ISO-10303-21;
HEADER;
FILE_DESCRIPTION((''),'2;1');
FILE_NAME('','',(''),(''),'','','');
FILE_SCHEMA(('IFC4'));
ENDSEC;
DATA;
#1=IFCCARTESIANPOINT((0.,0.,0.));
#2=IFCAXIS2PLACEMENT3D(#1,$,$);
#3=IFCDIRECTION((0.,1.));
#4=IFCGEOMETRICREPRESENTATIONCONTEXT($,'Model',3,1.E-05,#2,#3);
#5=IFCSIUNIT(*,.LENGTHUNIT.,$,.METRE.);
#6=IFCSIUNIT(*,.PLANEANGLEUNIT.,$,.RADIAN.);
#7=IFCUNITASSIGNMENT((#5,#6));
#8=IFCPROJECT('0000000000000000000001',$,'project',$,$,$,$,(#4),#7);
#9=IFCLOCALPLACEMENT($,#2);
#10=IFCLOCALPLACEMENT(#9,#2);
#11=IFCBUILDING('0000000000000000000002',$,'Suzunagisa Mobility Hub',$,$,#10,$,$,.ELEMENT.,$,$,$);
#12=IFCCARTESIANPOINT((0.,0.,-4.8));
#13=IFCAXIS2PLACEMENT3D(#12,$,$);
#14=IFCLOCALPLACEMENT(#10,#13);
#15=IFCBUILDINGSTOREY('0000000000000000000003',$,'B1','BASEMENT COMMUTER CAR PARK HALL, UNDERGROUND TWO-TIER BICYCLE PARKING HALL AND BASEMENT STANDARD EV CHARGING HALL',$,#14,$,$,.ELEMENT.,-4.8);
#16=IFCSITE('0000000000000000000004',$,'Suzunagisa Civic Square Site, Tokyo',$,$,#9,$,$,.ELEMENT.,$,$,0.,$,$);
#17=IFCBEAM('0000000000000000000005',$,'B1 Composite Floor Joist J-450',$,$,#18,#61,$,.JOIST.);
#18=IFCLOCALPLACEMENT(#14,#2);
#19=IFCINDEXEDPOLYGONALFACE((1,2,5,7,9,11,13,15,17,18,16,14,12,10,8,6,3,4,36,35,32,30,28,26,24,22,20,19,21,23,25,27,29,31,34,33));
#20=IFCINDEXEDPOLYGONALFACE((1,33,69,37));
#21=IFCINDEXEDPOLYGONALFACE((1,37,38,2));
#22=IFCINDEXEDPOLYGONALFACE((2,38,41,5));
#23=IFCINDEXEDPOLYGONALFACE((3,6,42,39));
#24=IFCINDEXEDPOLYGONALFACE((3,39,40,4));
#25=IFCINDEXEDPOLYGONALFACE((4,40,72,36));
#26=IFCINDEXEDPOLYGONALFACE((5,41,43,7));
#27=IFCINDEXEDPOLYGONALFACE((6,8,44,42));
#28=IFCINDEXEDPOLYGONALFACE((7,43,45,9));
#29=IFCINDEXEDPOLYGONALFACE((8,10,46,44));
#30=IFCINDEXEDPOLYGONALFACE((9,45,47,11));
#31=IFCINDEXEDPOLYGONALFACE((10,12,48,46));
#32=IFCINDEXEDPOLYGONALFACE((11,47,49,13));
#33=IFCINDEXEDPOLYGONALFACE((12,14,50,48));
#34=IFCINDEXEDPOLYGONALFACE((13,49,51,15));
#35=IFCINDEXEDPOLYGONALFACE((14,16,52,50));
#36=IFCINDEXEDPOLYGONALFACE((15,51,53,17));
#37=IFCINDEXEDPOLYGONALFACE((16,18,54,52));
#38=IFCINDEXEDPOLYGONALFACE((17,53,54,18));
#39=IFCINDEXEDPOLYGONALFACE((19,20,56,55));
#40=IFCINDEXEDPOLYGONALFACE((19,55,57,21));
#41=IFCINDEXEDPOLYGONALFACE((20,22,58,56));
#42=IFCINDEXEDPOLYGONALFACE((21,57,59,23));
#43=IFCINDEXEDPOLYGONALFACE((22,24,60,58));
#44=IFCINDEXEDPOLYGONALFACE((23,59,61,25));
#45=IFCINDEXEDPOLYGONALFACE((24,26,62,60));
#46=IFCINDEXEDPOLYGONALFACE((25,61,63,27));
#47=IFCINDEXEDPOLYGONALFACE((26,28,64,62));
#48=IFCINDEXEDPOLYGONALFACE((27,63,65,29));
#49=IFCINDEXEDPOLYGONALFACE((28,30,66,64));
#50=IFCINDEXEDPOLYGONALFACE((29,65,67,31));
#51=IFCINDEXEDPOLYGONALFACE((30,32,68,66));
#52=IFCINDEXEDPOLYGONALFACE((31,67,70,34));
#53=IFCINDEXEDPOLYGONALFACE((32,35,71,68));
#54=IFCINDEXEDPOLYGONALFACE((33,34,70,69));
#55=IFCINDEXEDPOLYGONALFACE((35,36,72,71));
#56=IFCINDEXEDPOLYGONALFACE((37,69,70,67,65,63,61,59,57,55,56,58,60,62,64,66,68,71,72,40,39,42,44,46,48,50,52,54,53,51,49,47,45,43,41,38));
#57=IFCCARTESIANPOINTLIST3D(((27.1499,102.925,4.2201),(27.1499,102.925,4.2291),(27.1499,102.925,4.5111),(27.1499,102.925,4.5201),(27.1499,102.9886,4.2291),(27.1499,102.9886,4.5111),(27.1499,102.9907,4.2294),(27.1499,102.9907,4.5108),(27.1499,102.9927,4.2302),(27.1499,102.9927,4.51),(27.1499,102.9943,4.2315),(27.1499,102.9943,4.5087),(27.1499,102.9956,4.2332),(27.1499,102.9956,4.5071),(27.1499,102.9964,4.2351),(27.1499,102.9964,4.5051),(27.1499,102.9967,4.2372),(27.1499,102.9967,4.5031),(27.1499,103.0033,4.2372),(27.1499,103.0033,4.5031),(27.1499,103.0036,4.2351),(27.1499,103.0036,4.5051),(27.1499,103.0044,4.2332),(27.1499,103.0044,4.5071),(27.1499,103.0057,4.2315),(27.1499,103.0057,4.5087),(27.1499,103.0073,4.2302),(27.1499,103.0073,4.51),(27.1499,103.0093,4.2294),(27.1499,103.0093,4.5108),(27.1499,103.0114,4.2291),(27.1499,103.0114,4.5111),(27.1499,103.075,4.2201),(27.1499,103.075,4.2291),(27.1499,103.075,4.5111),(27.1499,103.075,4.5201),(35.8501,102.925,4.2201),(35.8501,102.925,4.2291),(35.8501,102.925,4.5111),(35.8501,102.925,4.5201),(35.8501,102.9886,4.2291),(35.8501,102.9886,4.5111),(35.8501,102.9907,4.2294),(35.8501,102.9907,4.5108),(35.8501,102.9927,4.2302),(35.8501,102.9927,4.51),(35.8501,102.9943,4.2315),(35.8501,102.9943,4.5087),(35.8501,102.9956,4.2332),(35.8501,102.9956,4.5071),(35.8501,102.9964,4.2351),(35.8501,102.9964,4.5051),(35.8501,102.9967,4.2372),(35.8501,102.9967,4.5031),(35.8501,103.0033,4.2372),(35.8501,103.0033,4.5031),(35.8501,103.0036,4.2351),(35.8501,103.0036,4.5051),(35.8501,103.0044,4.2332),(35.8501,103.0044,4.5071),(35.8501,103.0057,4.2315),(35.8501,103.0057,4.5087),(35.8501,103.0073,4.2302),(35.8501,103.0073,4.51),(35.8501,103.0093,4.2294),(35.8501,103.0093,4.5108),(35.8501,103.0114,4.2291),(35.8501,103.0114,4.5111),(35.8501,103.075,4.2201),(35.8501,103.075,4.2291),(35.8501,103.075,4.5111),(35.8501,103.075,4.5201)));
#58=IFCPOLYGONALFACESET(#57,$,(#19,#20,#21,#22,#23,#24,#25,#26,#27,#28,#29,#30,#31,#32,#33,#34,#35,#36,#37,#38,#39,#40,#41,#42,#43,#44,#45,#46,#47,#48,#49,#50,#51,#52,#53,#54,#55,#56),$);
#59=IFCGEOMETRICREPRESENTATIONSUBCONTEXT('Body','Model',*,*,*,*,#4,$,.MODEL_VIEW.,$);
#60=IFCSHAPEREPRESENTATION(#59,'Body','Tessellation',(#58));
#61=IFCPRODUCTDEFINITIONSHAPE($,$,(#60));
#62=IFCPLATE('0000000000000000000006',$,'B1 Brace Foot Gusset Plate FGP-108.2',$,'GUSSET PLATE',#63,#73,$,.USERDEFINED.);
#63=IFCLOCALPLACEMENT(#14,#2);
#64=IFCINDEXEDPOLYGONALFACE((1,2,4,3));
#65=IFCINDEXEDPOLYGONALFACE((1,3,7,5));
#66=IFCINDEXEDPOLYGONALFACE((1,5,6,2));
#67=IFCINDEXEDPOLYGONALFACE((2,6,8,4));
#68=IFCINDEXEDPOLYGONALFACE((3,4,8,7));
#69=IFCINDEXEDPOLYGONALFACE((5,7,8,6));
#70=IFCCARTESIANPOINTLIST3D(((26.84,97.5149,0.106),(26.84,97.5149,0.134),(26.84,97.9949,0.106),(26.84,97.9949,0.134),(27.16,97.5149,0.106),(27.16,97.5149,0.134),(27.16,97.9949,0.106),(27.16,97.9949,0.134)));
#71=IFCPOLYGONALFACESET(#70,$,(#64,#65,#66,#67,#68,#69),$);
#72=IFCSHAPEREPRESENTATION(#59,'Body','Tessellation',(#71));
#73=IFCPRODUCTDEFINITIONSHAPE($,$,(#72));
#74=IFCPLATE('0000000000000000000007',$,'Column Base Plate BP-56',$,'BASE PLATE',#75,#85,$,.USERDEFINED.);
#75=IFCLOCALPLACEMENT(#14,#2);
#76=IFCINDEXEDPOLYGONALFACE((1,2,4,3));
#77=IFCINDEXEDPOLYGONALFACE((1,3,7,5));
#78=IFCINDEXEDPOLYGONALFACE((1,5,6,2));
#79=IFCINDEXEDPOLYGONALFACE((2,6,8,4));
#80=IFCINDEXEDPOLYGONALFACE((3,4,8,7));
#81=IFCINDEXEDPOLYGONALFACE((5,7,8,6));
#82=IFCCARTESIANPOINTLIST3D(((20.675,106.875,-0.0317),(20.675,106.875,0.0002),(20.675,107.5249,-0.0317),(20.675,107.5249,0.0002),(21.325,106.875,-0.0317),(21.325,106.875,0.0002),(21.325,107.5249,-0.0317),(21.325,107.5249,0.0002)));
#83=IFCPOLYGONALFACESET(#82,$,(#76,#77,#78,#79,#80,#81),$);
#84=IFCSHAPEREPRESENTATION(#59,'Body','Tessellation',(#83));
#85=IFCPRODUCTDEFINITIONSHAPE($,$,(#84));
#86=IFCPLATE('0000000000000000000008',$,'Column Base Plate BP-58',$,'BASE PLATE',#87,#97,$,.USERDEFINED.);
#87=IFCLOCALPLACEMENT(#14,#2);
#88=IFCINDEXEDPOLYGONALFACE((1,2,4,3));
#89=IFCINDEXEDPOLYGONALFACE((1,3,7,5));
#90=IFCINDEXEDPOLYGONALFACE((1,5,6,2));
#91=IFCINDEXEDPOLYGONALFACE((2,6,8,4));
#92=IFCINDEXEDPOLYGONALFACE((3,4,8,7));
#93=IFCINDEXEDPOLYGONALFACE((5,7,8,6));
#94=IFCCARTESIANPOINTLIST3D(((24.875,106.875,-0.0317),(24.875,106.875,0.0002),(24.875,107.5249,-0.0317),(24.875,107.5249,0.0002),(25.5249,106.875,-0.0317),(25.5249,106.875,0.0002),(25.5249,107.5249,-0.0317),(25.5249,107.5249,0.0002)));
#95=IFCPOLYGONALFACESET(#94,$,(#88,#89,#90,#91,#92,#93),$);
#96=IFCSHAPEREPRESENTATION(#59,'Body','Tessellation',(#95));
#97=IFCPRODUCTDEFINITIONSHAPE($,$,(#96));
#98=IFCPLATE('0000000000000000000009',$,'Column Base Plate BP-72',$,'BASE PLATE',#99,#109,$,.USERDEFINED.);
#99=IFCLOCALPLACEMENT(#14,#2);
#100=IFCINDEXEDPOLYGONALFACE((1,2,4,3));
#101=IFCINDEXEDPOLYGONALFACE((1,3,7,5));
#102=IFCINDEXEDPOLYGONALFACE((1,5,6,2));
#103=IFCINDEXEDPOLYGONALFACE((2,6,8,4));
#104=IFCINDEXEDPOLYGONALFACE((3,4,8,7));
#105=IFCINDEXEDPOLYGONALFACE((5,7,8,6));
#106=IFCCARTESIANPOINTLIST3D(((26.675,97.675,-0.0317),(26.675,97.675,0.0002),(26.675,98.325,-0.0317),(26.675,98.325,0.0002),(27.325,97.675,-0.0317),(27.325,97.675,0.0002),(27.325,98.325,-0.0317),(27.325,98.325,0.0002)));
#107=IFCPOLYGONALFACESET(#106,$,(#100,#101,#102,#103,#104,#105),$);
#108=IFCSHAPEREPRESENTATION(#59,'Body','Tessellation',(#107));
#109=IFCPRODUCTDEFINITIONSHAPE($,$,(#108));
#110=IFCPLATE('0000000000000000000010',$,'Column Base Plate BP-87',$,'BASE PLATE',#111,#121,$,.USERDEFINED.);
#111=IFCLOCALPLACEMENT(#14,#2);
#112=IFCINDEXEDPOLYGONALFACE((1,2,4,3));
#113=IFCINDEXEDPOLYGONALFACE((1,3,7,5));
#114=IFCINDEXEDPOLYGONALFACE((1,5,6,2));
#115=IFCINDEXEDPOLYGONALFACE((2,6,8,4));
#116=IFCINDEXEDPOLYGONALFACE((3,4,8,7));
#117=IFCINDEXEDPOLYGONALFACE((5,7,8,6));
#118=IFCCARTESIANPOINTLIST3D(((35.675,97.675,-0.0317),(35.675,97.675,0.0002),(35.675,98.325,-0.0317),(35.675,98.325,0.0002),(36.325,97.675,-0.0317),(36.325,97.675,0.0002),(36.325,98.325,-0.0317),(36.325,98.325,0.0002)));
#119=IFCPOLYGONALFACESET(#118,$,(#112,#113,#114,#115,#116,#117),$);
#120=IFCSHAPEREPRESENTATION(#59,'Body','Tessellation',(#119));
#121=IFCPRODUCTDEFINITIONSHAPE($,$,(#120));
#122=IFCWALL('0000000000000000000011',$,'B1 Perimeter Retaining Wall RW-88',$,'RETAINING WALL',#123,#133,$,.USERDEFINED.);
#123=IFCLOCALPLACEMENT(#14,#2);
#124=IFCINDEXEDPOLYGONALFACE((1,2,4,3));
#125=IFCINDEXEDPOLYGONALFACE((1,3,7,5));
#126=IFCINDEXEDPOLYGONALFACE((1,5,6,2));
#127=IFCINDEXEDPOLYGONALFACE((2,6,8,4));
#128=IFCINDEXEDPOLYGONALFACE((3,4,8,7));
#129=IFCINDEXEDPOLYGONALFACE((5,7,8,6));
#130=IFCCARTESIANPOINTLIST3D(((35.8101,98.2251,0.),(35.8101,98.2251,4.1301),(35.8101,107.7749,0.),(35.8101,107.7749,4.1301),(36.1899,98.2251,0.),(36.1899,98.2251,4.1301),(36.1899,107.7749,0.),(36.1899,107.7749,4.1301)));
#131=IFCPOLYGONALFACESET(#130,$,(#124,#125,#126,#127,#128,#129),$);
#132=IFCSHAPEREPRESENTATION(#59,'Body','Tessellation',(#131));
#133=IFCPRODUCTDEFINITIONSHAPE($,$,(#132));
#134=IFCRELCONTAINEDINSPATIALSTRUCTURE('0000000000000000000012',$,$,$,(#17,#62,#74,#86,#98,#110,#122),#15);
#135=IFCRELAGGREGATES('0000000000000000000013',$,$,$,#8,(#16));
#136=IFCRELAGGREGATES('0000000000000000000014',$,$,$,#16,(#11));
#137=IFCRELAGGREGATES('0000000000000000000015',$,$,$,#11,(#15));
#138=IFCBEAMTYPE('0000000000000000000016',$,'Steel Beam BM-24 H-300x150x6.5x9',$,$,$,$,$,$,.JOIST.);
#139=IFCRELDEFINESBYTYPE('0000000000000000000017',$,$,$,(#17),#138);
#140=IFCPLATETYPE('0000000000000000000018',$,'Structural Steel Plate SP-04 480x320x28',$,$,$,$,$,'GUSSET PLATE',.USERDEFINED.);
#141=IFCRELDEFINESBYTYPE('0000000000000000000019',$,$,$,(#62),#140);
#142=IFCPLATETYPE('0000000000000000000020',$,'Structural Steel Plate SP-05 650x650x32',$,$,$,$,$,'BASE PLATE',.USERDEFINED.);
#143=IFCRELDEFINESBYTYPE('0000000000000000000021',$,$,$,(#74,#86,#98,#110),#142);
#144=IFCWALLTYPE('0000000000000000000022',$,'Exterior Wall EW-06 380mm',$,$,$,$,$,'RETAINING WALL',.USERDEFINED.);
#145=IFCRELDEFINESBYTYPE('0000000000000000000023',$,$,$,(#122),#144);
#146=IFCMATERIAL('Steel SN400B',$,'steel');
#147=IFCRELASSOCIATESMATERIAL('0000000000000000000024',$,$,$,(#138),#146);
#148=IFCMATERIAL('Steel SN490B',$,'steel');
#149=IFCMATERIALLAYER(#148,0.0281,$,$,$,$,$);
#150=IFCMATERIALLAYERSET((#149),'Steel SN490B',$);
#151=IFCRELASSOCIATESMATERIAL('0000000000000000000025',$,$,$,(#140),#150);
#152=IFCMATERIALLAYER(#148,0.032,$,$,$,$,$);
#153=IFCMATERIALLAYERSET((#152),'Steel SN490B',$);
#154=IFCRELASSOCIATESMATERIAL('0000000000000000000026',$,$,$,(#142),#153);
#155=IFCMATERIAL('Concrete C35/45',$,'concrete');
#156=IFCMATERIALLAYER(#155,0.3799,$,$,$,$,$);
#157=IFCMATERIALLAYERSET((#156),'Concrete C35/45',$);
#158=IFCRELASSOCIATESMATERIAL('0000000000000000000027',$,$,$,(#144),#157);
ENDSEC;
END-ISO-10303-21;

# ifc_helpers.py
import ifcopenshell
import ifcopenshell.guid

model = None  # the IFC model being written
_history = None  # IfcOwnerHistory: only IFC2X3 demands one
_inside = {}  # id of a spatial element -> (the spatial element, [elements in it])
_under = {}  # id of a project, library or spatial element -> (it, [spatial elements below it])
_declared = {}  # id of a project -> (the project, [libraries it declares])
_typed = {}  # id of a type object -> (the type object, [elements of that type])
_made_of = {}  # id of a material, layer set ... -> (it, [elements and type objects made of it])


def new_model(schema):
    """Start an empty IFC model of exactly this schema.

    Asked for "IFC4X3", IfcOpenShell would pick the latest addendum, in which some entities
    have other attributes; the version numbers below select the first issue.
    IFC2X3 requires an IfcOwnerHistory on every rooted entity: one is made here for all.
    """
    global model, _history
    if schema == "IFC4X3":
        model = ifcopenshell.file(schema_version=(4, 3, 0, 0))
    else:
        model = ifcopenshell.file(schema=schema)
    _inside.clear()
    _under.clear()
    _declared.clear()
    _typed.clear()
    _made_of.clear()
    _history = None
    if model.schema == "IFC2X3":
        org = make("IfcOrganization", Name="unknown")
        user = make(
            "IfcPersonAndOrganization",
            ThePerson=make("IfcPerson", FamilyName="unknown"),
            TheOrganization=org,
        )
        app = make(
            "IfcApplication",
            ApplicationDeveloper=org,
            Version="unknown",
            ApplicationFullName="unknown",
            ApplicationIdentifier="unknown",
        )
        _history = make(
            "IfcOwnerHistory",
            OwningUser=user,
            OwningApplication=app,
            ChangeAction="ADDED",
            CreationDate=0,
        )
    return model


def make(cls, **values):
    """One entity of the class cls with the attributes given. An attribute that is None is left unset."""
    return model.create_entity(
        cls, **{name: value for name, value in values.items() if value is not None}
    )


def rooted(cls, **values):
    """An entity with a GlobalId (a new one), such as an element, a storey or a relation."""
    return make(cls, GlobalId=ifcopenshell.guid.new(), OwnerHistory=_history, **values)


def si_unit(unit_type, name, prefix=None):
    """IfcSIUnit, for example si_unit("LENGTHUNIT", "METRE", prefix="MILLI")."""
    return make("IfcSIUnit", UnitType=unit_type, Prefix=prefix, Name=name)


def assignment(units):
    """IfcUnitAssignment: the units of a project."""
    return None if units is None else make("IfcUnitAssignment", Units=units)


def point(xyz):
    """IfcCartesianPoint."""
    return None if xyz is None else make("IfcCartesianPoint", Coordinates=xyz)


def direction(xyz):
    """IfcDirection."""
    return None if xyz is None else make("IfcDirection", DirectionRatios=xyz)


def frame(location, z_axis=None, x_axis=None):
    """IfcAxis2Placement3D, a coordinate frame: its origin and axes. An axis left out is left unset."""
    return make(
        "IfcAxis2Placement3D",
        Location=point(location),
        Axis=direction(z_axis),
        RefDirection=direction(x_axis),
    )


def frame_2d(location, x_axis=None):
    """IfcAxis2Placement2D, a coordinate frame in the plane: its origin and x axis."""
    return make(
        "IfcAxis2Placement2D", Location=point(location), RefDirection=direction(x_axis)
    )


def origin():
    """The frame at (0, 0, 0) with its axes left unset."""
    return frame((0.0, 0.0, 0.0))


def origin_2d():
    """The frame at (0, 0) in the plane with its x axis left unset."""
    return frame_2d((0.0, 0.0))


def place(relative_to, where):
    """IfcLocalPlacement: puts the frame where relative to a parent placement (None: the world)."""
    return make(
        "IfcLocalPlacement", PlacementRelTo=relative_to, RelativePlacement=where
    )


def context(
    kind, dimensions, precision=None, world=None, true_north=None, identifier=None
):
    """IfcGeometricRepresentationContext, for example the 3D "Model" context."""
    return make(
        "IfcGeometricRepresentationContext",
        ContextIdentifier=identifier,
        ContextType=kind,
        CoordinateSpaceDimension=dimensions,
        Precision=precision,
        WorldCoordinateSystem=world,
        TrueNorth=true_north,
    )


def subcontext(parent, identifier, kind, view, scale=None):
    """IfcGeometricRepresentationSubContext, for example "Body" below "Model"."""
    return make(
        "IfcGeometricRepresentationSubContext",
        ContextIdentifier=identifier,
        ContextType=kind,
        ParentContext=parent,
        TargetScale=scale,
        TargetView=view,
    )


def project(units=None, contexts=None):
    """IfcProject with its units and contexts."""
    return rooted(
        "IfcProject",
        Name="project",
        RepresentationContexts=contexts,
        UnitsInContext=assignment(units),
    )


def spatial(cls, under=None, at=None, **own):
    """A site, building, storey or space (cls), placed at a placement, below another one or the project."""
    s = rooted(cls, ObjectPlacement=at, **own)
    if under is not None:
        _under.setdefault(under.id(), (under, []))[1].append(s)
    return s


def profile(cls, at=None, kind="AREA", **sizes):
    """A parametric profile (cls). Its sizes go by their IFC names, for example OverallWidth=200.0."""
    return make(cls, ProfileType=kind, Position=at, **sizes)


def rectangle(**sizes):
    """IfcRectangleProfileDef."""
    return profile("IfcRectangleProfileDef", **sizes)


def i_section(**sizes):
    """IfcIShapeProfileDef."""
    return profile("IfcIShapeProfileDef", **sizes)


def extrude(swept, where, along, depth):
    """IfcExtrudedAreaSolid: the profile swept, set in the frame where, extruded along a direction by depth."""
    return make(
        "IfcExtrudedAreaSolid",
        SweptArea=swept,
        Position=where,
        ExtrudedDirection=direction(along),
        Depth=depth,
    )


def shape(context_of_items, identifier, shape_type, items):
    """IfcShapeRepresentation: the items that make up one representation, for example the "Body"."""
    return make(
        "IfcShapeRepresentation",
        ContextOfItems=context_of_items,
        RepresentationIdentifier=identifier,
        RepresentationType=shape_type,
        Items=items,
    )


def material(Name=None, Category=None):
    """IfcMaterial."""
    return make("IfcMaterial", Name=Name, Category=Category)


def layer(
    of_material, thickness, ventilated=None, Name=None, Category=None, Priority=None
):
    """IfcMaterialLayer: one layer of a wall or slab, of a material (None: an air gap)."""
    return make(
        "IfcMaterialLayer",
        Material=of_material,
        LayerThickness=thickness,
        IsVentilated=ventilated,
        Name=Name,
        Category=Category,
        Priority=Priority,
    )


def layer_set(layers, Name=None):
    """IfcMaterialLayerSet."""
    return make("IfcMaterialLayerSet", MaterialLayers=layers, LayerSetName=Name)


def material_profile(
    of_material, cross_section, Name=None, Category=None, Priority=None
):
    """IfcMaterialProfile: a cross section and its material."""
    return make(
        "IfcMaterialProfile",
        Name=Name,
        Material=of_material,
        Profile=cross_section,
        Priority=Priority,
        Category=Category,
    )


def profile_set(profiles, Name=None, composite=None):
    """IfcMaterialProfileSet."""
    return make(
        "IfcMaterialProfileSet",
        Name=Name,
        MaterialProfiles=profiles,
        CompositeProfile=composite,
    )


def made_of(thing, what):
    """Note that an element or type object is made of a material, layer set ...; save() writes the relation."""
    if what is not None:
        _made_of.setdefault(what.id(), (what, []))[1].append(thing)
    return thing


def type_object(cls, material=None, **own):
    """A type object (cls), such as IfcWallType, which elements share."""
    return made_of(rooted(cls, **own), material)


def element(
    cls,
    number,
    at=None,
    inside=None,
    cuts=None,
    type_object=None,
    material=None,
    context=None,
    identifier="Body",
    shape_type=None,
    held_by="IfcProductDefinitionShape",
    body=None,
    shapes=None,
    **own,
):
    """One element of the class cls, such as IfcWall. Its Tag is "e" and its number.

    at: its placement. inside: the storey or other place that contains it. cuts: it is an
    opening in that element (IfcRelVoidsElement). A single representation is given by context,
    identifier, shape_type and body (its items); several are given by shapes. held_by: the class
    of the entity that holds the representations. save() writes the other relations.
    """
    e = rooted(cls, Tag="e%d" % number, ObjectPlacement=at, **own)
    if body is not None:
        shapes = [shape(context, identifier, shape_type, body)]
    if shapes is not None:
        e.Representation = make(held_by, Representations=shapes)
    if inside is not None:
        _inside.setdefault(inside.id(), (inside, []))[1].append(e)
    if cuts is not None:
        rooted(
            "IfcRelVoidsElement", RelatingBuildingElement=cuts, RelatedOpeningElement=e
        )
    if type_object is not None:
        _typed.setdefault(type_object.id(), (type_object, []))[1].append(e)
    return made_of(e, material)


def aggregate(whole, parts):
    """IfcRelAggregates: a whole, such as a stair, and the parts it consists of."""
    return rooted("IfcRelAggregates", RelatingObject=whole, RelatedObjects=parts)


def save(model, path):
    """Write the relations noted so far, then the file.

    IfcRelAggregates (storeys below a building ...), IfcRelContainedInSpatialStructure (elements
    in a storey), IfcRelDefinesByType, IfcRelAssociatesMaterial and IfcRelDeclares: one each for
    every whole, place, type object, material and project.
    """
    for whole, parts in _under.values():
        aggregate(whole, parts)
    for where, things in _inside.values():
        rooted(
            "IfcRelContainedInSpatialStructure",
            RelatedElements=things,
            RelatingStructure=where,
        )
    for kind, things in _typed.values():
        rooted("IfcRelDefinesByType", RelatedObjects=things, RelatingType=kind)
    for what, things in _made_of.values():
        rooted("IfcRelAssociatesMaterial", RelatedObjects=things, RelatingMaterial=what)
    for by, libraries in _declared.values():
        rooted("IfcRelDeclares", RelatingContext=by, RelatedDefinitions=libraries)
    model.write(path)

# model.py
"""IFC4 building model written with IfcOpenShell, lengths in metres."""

from ifc_helpers import new_model, si_unit, direction, frame, frame_2d, origin, origin_2d, place, context, subcontext, project, spatial, rectangle, i_section, extrude, material, layer, layer_set, material_profile, profile_set, type_object, element, save


model = new_model("IFC4")

# Units and contexts
model_context = context("Model", 3, precision=1e-05, world=origin(), true_north=direction((0.0, 1.0)))
body_context = subcontext(model_context, "Body", "Model", "MODEL_VIEW")
ifc_project = project(units=[si_unit("LENGTHUNIT", "METRE"), si_unit("PLANEANGLEUNIT", "RADIAN")], contexts=[model_context])

# Site, building, storey
site_placement = place(None, origin())
site = spatial("IfcSite", under=ifc_project, at=site_placement, Name="Suzunagisa Civic Square Site, Tokyo", CompositionType="ELEMENT", RefElevation=0.0)
building_placement = place(site_placement, origin())
building = spatial("IfcBuilding", under=site, at=building_placement, Name="Suzunagisa Mobility Hub", CompositionType="ELEMENT")
storey_placement = place(building_placement, frame((0.0, 0.0, -4.8)))
storey = spatial("IfcBuildingStorey", under=building, at=storey_placement, Name="B1", Description="BASEMENT COMMUTER CAR PARK HALL, UNDERGROUND TWO-TIER BICYCLE PARKING HALL AND BASEMENT STANDARD EV CHARGING HALL", CompositionType="ELEMENT", Elevation=-4.8)

# Shared definitions
ifc_material_1 = material(Name="Steel SN490B", Category="steel")

# Beam
ifc_material_2 = material(Name="Steel SN400B", Category="steel")
ifc_material_profile_1 = material_profile(ifc_material_2, i_section(OverallWidth=0.1499, OverallDepth=0.3, WebThickness=0.0066, FlangeThickness=0.009, FilletRadius=0.0081, at=origin_2d()), Name="H-300x150x6.5x9")
ifc_profile_set_1 = profile_set([ifc_material_profile_1], Name="Steel SN400B")
beam_type_1 = type_object("IfcBeamType", Name="Steel Beam BM-24 H-300x150x6.5x9", PredefinedType="JOIST", material=ifc_profile_set_1)
beam_1_placement = place(storey_placement, frame((27.1499, 103.0, 4.3701), z_axis=(1.0, 0.0, 0.0), x_axis=(0.0, 1.0, 0.0)))
element("IfcBeam", 1, at=beam_1_placement, inside=storey, type_object=beam_type_1, Name="B1 Composite Floor Joist J-450", PredefinedType="JOIST", context=body_context, shape_type="SweptSolid", body=[
    extrude(i_section(OverallWidth=0.1499, OverallDepth=0.3, WebThickness=0.0066, FlangeThickness=0.009, FilletRadius=0.0081, at=origin_2d()), origin(), (0.0, 0.0, 1.0), 8.7002),
])

# Plates
ifc_layer_1 = layer(ifc_material_1, 0.0281)
ifc_layer_set_1 = layer_set([ifc_layer_1], Name="Steel SN490B")
plate_type_1 = type_object("IfcPlateType", Name="Structural Steel Plate SP-04 480x320x28", ElementType="GUSSET PLATE", PredefinedType="USERDEFINED", material=ifc_layer_set_1)
plate_placement = place(storey_placement, frame((27.0, 97.7549, 0.106), z_axis=(0.0, 0.0, 1.0), x_axis=(1.0, 0.0, 0.0)))
element("IfcPlate", 2, at=plate_placement, inside=storey, type_object=plate_type_1, Name="B1 Brace Foot Gusset Plate FGP-108.2", ObjectType="GUSSET PLATE", PredefinedType="USERDEFINED", context=body_context, shape_type="SweptSolid", body=[
    extrude(rectangle(XDim=0.3201, YDim=0.48, at=origin_2d()), origin(), (0.0, 0.0, 1.0), 0.0281),
])
ifc_layer_2 = layer(ifc_material_1, 0.032)
ifc_layer_set_2 = layer_set([ifc_layer_2], Name="Steel SN490B")
plate_type_2 = type_object("IfcPlateType", Name="Structural Steel Plate SP-05 650x650x32", ElementType="BASE PLATE", PredefinedType="USERDEFINED", material=ifc_layer_set_2)
for number, where, z_axis, x_axis, name in (
    (3, (21.0, 107.2, -0.0317), (0.0, 0.0, 1.0), (1.0, 0.0, 0.0), "Column Base Plate BP-56"),
    (4, (25.2, 107.2, -0.0317), (0.0, 0.0, 1.0), (1.0, 0.0, 0.0), "Column Base Plate BP-58"),
    (5, (27.0, 98.0, -0.0317), (0.0, 0.0, 1.0), (1.0, 0.0, 0.0), "Column Base Plate BP-72"),
    (6, (36.0, 98.0, -0.0317), (0.0, 0.0, 1.0), (1.0, 0.0, 0.0), "Column Base Plate BP-87"),
):
    element("IfcPlate", number, at=place(storey_placement, frame(where, z_axis=z_axis, x_axis=x_axis)), inside=storey, type_object=plate_type_2, Name=name, ObjectType="BASE PLATE", PredefinedType="USERDEFINED", context=body_context, shape_type="SweptSolid", body=[
        extrude(rectangle(XDim=0.6499, YDim=0.6499, at=origin_2d()), origin(), (0.0, 0.0, 1.0), 0.032),
    ])

# Wall
ifc_material_3 = material(Name="Concrete C35/45", Category="concrete")
ifc_layer_3 = layer(ifc_material_3, 0.3799)
ifc_layer_set_3 = layer_set([ifc_layer_3], Name="Concrete C35/45")
wall_type = type_object("IfcWallType", Name="Exterior Wall EW-06 380mm", ElementType="RETAINING WALL", PredefinedType="USERDEFINED", material=ifc_layer_set_3)
wall_placement = place(storey_placement, frame((36.0, 98.2251, 0.0), z_axis=(0.0, 0.0, 1.0), x_axis=(0.0, 1.0, 0.0)))
element("IfcWall", 7, at=wall_placement, inside=storey, type_object=wall_type, Name="B1 Perimeter Retaining Wall RW-88", ObjectType="RETAINING WALL", PredefinedType="USERDEFINED", context=body_context, shape_type="SweptSolid", body=[
    extrude(rectangle(XDim=9.5498, YDim=0.3799, at=frame_2d((4.7749, 0.0))), origin(), (0.0, 0.0, 1.0), 4.1301),
])

save(model, "model.ifc")
